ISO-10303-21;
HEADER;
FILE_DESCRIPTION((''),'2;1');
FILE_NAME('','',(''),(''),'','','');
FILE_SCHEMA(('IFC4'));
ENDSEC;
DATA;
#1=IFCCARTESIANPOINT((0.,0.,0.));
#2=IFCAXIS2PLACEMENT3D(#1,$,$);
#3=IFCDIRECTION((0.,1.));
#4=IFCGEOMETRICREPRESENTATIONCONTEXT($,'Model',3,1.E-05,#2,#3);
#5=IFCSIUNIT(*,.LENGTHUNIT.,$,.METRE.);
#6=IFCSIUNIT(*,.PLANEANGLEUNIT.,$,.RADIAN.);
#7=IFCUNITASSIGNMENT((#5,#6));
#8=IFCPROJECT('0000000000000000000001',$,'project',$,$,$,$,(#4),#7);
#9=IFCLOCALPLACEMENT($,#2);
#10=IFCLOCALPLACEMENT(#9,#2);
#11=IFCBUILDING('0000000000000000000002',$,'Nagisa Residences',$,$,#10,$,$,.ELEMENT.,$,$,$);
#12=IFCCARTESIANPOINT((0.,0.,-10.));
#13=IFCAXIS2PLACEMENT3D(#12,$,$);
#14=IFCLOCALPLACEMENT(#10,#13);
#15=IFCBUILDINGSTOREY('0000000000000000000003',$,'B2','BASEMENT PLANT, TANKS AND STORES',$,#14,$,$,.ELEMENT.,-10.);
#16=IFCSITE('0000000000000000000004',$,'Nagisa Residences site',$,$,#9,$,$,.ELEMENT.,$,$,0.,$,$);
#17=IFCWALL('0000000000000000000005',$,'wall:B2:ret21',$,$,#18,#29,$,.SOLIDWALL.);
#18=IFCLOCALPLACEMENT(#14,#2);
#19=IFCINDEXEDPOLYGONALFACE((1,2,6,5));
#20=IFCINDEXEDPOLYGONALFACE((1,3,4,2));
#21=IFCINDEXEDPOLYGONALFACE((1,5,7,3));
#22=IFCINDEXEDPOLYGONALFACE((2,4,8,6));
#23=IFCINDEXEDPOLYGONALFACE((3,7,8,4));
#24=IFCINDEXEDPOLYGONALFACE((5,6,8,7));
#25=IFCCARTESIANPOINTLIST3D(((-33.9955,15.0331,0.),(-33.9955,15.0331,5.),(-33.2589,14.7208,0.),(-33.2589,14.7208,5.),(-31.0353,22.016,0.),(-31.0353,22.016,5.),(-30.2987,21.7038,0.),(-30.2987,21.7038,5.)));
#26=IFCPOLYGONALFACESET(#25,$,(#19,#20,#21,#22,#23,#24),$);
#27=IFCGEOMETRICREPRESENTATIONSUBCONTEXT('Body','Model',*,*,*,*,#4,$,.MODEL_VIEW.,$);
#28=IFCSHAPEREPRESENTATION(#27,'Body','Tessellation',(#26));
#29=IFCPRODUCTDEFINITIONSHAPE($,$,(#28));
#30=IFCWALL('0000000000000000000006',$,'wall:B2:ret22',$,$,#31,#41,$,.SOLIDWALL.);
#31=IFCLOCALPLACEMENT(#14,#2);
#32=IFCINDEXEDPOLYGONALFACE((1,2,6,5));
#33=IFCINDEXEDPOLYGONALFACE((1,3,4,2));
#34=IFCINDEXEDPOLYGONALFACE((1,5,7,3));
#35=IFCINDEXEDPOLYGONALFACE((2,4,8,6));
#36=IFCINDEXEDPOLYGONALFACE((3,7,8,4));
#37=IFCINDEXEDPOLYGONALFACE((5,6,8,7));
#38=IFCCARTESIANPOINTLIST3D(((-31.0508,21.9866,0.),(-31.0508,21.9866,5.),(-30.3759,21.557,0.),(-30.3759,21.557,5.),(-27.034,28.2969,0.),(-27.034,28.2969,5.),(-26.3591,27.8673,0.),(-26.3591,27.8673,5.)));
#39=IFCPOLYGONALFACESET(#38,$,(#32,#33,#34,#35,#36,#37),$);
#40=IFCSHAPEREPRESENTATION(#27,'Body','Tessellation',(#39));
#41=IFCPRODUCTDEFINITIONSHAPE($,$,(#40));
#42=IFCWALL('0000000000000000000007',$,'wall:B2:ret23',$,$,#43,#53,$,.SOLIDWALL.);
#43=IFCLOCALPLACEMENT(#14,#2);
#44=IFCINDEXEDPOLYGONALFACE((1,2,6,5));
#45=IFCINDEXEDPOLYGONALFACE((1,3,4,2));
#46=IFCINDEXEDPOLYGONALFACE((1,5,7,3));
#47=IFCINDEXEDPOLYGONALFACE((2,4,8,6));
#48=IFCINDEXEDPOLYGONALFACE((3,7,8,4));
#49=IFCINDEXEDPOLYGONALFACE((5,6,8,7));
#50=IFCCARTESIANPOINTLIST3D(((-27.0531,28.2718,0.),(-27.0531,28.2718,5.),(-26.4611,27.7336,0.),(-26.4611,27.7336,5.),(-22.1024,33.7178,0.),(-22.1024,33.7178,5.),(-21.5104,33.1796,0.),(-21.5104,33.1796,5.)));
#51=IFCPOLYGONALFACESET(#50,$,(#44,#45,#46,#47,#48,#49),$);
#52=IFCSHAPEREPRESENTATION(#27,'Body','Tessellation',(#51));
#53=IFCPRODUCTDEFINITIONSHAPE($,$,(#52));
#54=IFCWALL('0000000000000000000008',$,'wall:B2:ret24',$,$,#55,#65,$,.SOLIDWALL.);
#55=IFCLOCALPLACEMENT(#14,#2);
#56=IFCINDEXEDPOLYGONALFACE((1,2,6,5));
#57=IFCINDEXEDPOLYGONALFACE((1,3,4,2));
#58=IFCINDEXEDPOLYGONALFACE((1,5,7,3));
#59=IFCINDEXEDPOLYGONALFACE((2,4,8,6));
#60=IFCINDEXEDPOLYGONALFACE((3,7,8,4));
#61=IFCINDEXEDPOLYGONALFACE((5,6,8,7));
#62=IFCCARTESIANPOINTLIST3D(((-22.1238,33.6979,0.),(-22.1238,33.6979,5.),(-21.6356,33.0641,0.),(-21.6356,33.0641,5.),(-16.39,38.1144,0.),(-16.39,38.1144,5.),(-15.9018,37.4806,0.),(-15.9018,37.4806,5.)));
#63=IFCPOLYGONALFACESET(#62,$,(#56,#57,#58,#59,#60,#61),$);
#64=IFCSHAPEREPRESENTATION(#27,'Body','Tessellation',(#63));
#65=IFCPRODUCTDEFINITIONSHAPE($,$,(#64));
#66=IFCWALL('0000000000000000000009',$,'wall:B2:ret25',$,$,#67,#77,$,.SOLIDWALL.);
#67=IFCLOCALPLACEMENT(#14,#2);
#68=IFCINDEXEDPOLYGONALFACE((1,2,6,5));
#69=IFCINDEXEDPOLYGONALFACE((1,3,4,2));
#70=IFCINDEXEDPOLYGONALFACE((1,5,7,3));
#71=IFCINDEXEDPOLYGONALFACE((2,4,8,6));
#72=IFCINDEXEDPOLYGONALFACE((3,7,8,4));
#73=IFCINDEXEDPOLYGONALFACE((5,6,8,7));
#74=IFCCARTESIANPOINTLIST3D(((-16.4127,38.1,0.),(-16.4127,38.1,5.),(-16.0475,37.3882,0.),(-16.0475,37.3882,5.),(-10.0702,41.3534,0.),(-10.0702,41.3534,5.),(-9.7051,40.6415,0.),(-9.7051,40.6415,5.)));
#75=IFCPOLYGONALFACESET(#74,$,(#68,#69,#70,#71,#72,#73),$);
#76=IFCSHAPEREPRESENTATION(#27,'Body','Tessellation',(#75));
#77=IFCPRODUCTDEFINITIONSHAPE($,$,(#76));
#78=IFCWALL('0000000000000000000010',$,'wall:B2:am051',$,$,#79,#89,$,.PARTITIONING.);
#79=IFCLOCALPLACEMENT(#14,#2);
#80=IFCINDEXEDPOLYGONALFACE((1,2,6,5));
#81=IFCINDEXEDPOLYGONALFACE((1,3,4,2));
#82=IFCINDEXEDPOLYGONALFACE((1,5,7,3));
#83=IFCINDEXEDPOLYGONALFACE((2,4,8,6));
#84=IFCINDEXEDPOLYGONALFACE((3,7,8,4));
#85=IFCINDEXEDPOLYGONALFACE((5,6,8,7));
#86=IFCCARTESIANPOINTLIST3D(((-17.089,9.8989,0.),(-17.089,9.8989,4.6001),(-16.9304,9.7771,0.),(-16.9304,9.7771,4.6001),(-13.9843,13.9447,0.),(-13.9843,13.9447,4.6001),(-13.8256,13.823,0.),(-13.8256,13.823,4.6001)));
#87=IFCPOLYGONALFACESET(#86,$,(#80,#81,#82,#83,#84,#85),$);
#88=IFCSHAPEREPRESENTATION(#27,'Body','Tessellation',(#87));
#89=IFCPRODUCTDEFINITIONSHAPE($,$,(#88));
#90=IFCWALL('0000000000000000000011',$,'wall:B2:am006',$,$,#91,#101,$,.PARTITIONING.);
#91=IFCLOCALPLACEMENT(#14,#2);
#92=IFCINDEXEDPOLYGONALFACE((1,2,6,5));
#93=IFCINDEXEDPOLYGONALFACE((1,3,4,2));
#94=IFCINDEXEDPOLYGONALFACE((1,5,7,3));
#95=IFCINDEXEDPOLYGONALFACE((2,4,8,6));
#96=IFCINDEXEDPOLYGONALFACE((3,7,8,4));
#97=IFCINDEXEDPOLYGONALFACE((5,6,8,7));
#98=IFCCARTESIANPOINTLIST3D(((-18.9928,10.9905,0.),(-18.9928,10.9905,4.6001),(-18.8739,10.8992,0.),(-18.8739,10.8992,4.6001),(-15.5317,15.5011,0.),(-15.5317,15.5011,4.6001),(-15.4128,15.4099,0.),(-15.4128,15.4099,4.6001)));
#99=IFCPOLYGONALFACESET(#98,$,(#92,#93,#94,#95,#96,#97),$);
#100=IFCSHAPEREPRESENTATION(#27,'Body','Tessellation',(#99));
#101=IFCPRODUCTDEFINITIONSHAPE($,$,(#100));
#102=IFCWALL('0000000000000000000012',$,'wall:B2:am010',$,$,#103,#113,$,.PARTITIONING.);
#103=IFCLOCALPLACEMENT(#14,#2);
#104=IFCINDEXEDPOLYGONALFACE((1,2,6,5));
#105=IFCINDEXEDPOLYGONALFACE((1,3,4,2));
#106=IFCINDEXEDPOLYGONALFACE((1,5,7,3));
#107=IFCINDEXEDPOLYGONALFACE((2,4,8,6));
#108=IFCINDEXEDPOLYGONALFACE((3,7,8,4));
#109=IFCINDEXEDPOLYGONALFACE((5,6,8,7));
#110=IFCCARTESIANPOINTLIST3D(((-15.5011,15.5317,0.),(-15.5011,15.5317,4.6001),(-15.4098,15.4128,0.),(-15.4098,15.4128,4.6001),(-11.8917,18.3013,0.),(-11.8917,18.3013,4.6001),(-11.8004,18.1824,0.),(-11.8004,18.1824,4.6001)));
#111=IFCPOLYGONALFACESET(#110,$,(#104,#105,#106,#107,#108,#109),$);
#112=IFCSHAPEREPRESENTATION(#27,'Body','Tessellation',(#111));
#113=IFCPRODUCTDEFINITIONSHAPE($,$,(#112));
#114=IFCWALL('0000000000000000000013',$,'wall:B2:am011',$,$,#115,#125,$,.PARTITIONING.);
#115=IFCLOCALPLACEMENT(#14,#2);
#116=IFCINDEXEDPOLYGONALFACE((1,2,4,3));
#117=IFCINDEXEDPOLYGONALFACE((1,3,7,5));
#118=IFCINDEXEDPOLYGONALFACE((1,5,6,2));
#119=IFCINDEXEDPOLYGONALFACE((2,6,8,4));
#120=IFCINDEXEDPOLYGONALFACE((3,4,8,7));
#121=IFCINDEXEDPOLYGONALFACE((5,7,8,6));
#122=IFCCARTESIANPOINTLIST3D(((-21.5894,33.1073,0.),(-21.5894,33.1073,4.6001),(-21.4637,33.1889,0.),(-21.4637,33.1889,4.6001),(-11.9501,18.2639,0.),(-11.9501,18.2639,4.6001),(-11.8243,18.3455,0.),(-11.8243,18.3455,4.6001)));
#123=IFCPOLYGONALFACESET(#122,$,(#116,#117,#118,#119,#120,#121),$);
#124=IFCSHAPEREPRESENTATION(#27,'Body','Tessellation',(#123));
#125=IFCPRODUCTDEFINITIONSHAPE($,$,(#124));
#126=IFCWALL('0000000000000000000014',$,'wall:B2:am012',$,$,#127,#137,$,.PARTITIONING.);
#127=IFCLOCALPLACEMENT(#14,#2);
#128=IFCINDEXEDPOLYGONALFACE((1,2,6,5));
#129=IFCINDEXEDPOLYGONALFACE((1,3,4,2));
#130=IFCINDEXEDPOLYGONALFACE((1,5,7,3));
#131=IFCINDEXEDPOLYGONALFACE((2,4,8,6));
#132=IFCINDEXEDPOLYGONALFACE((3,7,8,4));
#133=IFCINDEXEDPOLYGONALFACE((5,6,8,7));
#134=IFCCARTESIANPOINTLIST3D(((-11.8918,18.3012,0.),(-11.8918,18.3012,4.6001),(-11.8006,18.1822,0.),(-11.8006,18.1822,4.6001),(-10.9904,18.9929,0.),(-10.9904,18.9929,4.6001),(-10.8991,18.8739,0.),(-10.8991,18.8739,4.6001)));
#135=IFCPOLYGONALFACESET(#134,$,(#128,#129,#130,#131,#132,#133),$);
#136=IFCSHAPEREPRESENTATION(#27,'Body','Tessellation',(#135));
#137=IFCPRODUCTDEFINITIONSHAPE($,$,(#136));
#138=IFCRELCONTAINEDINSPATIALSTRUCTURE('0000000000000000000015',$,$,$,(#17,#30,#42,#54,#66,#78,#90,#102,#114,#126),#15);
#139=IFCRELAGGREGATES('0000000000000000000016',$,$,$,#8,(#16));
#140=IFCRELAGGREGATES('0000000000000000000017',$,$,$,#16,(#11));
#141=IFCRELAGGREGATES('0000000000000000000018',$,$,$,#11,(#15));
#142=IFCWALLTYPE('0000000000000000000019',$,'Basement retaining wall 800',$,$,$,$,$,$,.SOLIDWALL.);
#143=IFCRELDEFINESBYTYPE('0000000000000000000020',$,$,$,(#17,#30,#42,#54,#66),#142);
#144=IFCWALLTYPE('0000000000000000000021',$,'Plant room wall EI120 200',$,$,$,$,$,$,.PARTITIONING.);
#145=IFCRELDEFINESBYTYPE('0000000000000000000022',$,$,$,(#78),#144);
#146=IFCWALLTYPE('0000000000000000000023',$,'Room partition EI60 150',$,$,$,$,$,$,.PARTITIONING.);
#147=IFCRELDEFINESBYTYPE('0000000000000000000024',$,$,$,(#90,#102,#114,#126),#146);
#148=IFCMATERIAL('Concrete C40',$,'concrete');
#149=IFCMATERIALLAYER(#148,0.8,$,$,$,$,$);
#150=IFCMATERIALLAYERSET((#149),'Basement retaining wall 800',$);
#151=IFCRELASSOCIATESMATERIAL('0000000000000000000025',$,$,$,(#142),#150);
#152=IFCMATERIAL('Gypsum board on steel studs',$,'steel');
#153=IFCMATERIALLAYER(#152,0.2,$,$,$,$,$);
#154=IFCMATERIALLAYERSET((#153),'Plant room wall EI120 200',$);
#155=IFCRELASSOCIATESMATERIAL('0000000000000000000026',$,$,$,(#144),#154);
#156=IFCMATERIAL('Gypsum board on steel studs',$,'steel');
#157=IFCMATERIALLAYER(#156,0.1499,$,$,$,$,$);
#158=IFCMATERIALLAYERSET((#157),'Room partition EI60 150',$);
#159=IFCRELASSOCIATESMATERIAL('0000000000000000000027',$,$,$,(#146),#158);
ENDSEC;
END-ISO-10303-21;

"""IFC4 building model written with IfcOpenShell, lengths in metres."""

from ifc_helpers import new_model, si_unit, direction, frame, frame_2d, origin, place, context, subcontext, project, spatial, rectangle, extrude, material, layer, layer_set, type_object, element, save


model = new_model("IFC4")

# Units and contexts
model_context = context("Model", 3, precision=1e-05, world=origin(), true_north=direction((0.0, 1.0)))
body_context = subcontext(model_context, "Body", "Model", "MODEL_VIEW")
ifc_project = project(units=[si_unit("LENGTHUNIT", "METRE"), si_unit("PLANEANGLEUNIT", "RADIAN")], contexts=[model_context])

# Site, building, storey
site_placement = place(None, origin())
site = spatial("IfcSite", under=ifc_project, at=site_placement, Name="Nagisa Residences site", CompositionType="ELEMENT", RefElevation=0.0)
building_placement = place(site_placement, origin())
building = spatial("IfcBuilding", under=site, at=building_placement, Name="Nagisa Residences", CompositionType="ELEMENT")
storey_placement = place(building_placement, frame((0.0, 0.0, -10.0)))
storey = spatial("IfcBuildingStorey", under=building, at=storey_placement, Name="B2", Description="BASEMENT PLANT, TANKS AND STORES", CompositionType="ELEMENT", Elevation=-10.0)

# Walls
ifc_material_1 = material(Name="Concrete C40", Category="concrete")
ifc_layer_1 = layer(ifc_material_1, 0.8)
ifc_layer_set_1 = layer_set([ifc_layer_1], Name="Basement retaining wall 800")
wall_type_1 = type_object("IfcWallType", Name="Basement retaining wall 800", PredefinedType="SOLIDWALL", material=ifc_layer_set_1)
wall_1_placement = place(storey_placement, frame((-33.6272, 14.877, 0.0), z_axis=(0.0, 0.0, 1.0), x_axis=(0.390299, 0.920688, 0.0)))
element("IfcWall", 1, at=wall_1_placement, inside=storey, type_object=wall_type_1, Name="wall:B2:ret21", PredefinedType="SOLIDWALL", context=body_context, shape_type="SweptSolid", body=[
    extrude(rectangle(XDim=7.5845, YDim=0.8, at=frame_2d((3.7922, 0.0))), origin(), (0.0, 0.0, 1.0), 5.0),
])
wall_2_placement = place(storey_placement, frame((-30.7134, 21.7717, 0.0), z_axis=(0.0, 0.0, 1.0), x_axis=(0.53699, 0.843589, 0.0)))
element("IfcWall", 2, at=wall_2_placement, inside=storey, type_object=wall_type_1, Name="wall:B2:ret22", PredefinedType="SOLIDWALL", context=body_context, shape_type="SweptSolid", body=[
    extrude(rectangle(XDim=7.4802, YDim=0.8, at=frame_2d((3.7402, 0.0))), origin(), (0.0, 0.0, 1.0), 5.0),
])
wall_3_placement = place(storey_placement, frame((-26.7571, 28.0027, 0.0), z_axis=(0.0, 0.0, 1.0), x_axis=(0.672653, 0.739958, 0.0)))
element("IfcWall", 3, at=wall_3_placement, inside=storey, type_object=wall_type_1, Name="wall:B2:ret23", PredefinedType="SOLIDWALL", context=body_context, shape_type="SweptSolid", body=[
    extrude(rectangle(XDim=7.3599, YDim=0.8, at=frame_2d((3.6799, 0.0))), origin(), (0.0, 0.0, 1.0), 5.0),
])
wall_4_placement = place(storey_placement, frame((-21.8796, 33.3811, 0.0), z_axis=(0.0, 0.0, 1.0), x_axis=(0.792235, 0.610216, 0.0)))
element("IfcWall", 4, at=wall_4_placement, inside=storey, type_object=wall_type_1, Name="wall:B2:ret24", PredefinedType="SOLIDWALL", context=body_context, shape_type="SweptSolid", body=[
    extrude(rectangle(XDim=7.2375, YDim=0.8, at=frame_2d((3.6187, 0.0))), origin(), (0.0, 0.0, 1.0), 5.0),
])
wall_5_placement = place(storey_placement, frame((-16.23, 37.7441, 0.0), z_axis=(0.0, 0.0, 1.0), x_axis=(0.88977, 0.45641, 0.0)))
element("IfcWall", 5, at=wall_5_placement, inside=storey, type_object=wall_type_1, Name="wall:B2:ret25", PredefinedType="SOLIDWALL", context=body_context, shape_type="SweptSolid", body=[
    extrude(rectangle(XDim=7.1282, YDim=0.8, at=frame_2d((3.564, 0.0))), origin(), (0.0, 0.0, 1.0), 5.0),
])
ifc_material_2 = material(Name="Gypsum board on steel studs", Category="steel")
ifc_layer_2 = layer(ifc_material_2, 0.2)
ifc_layer_set_2 = layer_set([ifc_layer_2], Name="Plant room wall EI120 200")
wall_type_2 = type_object("IfcWallType", Name="Plant room wall EI120 200", PredefinedType="PARTITIONING", material=ifc_layer_set_2)
wall_6_placement = place(storey_placement, frame((-13.905, 13.8838, 0.0), z_axis=(0.0, 0.0, 1.0), x_axis=(-0.608787, -0.793334, 0.0)))
element("IfcWall", 6, at=wall_6_placement, inside=storey, type_object=wall_type_2, Name="wall:B2:am051", PredefinedType="PARTITIONING", context=body_context, shape_type="SweptSolid", body=[
    extrude(rectangle(XDim=5.0999, YDim=0.2, at=frame_2d((2.5498, 0.0))), origin(), (0.0, 0.0, 1.0), 4.6001),
])
ifc_material_3 = material(Name="Gypsum board on steel studs", Category="steel")
ifc_layer_3 = layer(ifc_material_3, 0.1499)
ifc_layer_set_3 = layer_set([ifc_layer_3], Name="Room partition EI60 150")
wall_type_3 = type_object("IfcWallType", Name="Room partition EI60 150", PredefinedType="PARTITIONING", material=ifc_layer_set_3)
wall_7_placement = place(storey_placement, frame((-18.9333, 10.9448, 0.0), z_axis=(0.0, 0.0, 1.0), x_axis=(0.608758, 0.793356, 0.0)))
element("IfcWall", 7, at=wall_7_placement, inside=storey, type_object=wall_type_3, Name="wall:B2:am006", PredefinedType="PARTITIONING", context=body_context, shape_type="SweptSolid", body=[
    extrude(rectangle(XDim=5.6855, YDim=0.1499, at=frame_2d((2.8428, 0.0))), origin(), (0.0, 0.0, 1.0), 4.6001),
])
wall_8_placement = place(storey_placement, frame((-15.4556, 15.4722, 0.0), z_axis=(0.0, 0.0, 1.0), x_axis=(0.793358, 0.608756, 0.0)))
element("IfcWall", 8, at=wall_8_placement, inside=storey, type_object=wall_type_3, Name="wall:B2:am010", PredefinedType="PARTITIONING", context=body_context, shape_type="SweptSolid", body=[
    extrude(rectangle(XDim=4.5496, YDim=0.1499, at=frame_2d((2.2749, 0.0))), origin(), (0.0, 0.0, 1.0), 4.6001),
])
wall_9_placement = place(storey_placement, frame((-11.8872, 18.3047, 0.0), z_axis=(0.0, 0.0, 1.0), x_axis=(-0.544636, 0.838673, 0.0)))
element("IfcWall", 9, at=wall_9_placement, inside=storey, type_object=wall_type_3, Name="wall:B2:am011", PredefinedType="PARTITIONING", context=body_context, shape_type="SweptSolid", body=[
    extrude(rectangle(XDim=17.6987, YDim=0.1499, at=frame_2d((8.8494, 0.0))), origin(), (0.0, 0.0, 1.0), 4.6001),
])
wall_10_placement = place(storey_placement, frame((-11.8462, 18.2417, 0.0), z_axis=(0.0, 0.0, 1.0), x_axis=(0.79335, 0.608765, 0.0)))
element("IfcWall", 10, at=wall_10_placement, inside=storey, type_object=wall_type_3, Name="wall:B2:am012", PredefinedType="PARTITIONING", context=body_context, shape_type="SweptSolid", body=[
    extrude(rectangle(XDim=1.1362, YDim=0.1499, at=frame_2d((0.5681, 0.0))), origin(), (0.0, 0.0, 1.0), 4.6001),
])

save(model, "model.ifc")
